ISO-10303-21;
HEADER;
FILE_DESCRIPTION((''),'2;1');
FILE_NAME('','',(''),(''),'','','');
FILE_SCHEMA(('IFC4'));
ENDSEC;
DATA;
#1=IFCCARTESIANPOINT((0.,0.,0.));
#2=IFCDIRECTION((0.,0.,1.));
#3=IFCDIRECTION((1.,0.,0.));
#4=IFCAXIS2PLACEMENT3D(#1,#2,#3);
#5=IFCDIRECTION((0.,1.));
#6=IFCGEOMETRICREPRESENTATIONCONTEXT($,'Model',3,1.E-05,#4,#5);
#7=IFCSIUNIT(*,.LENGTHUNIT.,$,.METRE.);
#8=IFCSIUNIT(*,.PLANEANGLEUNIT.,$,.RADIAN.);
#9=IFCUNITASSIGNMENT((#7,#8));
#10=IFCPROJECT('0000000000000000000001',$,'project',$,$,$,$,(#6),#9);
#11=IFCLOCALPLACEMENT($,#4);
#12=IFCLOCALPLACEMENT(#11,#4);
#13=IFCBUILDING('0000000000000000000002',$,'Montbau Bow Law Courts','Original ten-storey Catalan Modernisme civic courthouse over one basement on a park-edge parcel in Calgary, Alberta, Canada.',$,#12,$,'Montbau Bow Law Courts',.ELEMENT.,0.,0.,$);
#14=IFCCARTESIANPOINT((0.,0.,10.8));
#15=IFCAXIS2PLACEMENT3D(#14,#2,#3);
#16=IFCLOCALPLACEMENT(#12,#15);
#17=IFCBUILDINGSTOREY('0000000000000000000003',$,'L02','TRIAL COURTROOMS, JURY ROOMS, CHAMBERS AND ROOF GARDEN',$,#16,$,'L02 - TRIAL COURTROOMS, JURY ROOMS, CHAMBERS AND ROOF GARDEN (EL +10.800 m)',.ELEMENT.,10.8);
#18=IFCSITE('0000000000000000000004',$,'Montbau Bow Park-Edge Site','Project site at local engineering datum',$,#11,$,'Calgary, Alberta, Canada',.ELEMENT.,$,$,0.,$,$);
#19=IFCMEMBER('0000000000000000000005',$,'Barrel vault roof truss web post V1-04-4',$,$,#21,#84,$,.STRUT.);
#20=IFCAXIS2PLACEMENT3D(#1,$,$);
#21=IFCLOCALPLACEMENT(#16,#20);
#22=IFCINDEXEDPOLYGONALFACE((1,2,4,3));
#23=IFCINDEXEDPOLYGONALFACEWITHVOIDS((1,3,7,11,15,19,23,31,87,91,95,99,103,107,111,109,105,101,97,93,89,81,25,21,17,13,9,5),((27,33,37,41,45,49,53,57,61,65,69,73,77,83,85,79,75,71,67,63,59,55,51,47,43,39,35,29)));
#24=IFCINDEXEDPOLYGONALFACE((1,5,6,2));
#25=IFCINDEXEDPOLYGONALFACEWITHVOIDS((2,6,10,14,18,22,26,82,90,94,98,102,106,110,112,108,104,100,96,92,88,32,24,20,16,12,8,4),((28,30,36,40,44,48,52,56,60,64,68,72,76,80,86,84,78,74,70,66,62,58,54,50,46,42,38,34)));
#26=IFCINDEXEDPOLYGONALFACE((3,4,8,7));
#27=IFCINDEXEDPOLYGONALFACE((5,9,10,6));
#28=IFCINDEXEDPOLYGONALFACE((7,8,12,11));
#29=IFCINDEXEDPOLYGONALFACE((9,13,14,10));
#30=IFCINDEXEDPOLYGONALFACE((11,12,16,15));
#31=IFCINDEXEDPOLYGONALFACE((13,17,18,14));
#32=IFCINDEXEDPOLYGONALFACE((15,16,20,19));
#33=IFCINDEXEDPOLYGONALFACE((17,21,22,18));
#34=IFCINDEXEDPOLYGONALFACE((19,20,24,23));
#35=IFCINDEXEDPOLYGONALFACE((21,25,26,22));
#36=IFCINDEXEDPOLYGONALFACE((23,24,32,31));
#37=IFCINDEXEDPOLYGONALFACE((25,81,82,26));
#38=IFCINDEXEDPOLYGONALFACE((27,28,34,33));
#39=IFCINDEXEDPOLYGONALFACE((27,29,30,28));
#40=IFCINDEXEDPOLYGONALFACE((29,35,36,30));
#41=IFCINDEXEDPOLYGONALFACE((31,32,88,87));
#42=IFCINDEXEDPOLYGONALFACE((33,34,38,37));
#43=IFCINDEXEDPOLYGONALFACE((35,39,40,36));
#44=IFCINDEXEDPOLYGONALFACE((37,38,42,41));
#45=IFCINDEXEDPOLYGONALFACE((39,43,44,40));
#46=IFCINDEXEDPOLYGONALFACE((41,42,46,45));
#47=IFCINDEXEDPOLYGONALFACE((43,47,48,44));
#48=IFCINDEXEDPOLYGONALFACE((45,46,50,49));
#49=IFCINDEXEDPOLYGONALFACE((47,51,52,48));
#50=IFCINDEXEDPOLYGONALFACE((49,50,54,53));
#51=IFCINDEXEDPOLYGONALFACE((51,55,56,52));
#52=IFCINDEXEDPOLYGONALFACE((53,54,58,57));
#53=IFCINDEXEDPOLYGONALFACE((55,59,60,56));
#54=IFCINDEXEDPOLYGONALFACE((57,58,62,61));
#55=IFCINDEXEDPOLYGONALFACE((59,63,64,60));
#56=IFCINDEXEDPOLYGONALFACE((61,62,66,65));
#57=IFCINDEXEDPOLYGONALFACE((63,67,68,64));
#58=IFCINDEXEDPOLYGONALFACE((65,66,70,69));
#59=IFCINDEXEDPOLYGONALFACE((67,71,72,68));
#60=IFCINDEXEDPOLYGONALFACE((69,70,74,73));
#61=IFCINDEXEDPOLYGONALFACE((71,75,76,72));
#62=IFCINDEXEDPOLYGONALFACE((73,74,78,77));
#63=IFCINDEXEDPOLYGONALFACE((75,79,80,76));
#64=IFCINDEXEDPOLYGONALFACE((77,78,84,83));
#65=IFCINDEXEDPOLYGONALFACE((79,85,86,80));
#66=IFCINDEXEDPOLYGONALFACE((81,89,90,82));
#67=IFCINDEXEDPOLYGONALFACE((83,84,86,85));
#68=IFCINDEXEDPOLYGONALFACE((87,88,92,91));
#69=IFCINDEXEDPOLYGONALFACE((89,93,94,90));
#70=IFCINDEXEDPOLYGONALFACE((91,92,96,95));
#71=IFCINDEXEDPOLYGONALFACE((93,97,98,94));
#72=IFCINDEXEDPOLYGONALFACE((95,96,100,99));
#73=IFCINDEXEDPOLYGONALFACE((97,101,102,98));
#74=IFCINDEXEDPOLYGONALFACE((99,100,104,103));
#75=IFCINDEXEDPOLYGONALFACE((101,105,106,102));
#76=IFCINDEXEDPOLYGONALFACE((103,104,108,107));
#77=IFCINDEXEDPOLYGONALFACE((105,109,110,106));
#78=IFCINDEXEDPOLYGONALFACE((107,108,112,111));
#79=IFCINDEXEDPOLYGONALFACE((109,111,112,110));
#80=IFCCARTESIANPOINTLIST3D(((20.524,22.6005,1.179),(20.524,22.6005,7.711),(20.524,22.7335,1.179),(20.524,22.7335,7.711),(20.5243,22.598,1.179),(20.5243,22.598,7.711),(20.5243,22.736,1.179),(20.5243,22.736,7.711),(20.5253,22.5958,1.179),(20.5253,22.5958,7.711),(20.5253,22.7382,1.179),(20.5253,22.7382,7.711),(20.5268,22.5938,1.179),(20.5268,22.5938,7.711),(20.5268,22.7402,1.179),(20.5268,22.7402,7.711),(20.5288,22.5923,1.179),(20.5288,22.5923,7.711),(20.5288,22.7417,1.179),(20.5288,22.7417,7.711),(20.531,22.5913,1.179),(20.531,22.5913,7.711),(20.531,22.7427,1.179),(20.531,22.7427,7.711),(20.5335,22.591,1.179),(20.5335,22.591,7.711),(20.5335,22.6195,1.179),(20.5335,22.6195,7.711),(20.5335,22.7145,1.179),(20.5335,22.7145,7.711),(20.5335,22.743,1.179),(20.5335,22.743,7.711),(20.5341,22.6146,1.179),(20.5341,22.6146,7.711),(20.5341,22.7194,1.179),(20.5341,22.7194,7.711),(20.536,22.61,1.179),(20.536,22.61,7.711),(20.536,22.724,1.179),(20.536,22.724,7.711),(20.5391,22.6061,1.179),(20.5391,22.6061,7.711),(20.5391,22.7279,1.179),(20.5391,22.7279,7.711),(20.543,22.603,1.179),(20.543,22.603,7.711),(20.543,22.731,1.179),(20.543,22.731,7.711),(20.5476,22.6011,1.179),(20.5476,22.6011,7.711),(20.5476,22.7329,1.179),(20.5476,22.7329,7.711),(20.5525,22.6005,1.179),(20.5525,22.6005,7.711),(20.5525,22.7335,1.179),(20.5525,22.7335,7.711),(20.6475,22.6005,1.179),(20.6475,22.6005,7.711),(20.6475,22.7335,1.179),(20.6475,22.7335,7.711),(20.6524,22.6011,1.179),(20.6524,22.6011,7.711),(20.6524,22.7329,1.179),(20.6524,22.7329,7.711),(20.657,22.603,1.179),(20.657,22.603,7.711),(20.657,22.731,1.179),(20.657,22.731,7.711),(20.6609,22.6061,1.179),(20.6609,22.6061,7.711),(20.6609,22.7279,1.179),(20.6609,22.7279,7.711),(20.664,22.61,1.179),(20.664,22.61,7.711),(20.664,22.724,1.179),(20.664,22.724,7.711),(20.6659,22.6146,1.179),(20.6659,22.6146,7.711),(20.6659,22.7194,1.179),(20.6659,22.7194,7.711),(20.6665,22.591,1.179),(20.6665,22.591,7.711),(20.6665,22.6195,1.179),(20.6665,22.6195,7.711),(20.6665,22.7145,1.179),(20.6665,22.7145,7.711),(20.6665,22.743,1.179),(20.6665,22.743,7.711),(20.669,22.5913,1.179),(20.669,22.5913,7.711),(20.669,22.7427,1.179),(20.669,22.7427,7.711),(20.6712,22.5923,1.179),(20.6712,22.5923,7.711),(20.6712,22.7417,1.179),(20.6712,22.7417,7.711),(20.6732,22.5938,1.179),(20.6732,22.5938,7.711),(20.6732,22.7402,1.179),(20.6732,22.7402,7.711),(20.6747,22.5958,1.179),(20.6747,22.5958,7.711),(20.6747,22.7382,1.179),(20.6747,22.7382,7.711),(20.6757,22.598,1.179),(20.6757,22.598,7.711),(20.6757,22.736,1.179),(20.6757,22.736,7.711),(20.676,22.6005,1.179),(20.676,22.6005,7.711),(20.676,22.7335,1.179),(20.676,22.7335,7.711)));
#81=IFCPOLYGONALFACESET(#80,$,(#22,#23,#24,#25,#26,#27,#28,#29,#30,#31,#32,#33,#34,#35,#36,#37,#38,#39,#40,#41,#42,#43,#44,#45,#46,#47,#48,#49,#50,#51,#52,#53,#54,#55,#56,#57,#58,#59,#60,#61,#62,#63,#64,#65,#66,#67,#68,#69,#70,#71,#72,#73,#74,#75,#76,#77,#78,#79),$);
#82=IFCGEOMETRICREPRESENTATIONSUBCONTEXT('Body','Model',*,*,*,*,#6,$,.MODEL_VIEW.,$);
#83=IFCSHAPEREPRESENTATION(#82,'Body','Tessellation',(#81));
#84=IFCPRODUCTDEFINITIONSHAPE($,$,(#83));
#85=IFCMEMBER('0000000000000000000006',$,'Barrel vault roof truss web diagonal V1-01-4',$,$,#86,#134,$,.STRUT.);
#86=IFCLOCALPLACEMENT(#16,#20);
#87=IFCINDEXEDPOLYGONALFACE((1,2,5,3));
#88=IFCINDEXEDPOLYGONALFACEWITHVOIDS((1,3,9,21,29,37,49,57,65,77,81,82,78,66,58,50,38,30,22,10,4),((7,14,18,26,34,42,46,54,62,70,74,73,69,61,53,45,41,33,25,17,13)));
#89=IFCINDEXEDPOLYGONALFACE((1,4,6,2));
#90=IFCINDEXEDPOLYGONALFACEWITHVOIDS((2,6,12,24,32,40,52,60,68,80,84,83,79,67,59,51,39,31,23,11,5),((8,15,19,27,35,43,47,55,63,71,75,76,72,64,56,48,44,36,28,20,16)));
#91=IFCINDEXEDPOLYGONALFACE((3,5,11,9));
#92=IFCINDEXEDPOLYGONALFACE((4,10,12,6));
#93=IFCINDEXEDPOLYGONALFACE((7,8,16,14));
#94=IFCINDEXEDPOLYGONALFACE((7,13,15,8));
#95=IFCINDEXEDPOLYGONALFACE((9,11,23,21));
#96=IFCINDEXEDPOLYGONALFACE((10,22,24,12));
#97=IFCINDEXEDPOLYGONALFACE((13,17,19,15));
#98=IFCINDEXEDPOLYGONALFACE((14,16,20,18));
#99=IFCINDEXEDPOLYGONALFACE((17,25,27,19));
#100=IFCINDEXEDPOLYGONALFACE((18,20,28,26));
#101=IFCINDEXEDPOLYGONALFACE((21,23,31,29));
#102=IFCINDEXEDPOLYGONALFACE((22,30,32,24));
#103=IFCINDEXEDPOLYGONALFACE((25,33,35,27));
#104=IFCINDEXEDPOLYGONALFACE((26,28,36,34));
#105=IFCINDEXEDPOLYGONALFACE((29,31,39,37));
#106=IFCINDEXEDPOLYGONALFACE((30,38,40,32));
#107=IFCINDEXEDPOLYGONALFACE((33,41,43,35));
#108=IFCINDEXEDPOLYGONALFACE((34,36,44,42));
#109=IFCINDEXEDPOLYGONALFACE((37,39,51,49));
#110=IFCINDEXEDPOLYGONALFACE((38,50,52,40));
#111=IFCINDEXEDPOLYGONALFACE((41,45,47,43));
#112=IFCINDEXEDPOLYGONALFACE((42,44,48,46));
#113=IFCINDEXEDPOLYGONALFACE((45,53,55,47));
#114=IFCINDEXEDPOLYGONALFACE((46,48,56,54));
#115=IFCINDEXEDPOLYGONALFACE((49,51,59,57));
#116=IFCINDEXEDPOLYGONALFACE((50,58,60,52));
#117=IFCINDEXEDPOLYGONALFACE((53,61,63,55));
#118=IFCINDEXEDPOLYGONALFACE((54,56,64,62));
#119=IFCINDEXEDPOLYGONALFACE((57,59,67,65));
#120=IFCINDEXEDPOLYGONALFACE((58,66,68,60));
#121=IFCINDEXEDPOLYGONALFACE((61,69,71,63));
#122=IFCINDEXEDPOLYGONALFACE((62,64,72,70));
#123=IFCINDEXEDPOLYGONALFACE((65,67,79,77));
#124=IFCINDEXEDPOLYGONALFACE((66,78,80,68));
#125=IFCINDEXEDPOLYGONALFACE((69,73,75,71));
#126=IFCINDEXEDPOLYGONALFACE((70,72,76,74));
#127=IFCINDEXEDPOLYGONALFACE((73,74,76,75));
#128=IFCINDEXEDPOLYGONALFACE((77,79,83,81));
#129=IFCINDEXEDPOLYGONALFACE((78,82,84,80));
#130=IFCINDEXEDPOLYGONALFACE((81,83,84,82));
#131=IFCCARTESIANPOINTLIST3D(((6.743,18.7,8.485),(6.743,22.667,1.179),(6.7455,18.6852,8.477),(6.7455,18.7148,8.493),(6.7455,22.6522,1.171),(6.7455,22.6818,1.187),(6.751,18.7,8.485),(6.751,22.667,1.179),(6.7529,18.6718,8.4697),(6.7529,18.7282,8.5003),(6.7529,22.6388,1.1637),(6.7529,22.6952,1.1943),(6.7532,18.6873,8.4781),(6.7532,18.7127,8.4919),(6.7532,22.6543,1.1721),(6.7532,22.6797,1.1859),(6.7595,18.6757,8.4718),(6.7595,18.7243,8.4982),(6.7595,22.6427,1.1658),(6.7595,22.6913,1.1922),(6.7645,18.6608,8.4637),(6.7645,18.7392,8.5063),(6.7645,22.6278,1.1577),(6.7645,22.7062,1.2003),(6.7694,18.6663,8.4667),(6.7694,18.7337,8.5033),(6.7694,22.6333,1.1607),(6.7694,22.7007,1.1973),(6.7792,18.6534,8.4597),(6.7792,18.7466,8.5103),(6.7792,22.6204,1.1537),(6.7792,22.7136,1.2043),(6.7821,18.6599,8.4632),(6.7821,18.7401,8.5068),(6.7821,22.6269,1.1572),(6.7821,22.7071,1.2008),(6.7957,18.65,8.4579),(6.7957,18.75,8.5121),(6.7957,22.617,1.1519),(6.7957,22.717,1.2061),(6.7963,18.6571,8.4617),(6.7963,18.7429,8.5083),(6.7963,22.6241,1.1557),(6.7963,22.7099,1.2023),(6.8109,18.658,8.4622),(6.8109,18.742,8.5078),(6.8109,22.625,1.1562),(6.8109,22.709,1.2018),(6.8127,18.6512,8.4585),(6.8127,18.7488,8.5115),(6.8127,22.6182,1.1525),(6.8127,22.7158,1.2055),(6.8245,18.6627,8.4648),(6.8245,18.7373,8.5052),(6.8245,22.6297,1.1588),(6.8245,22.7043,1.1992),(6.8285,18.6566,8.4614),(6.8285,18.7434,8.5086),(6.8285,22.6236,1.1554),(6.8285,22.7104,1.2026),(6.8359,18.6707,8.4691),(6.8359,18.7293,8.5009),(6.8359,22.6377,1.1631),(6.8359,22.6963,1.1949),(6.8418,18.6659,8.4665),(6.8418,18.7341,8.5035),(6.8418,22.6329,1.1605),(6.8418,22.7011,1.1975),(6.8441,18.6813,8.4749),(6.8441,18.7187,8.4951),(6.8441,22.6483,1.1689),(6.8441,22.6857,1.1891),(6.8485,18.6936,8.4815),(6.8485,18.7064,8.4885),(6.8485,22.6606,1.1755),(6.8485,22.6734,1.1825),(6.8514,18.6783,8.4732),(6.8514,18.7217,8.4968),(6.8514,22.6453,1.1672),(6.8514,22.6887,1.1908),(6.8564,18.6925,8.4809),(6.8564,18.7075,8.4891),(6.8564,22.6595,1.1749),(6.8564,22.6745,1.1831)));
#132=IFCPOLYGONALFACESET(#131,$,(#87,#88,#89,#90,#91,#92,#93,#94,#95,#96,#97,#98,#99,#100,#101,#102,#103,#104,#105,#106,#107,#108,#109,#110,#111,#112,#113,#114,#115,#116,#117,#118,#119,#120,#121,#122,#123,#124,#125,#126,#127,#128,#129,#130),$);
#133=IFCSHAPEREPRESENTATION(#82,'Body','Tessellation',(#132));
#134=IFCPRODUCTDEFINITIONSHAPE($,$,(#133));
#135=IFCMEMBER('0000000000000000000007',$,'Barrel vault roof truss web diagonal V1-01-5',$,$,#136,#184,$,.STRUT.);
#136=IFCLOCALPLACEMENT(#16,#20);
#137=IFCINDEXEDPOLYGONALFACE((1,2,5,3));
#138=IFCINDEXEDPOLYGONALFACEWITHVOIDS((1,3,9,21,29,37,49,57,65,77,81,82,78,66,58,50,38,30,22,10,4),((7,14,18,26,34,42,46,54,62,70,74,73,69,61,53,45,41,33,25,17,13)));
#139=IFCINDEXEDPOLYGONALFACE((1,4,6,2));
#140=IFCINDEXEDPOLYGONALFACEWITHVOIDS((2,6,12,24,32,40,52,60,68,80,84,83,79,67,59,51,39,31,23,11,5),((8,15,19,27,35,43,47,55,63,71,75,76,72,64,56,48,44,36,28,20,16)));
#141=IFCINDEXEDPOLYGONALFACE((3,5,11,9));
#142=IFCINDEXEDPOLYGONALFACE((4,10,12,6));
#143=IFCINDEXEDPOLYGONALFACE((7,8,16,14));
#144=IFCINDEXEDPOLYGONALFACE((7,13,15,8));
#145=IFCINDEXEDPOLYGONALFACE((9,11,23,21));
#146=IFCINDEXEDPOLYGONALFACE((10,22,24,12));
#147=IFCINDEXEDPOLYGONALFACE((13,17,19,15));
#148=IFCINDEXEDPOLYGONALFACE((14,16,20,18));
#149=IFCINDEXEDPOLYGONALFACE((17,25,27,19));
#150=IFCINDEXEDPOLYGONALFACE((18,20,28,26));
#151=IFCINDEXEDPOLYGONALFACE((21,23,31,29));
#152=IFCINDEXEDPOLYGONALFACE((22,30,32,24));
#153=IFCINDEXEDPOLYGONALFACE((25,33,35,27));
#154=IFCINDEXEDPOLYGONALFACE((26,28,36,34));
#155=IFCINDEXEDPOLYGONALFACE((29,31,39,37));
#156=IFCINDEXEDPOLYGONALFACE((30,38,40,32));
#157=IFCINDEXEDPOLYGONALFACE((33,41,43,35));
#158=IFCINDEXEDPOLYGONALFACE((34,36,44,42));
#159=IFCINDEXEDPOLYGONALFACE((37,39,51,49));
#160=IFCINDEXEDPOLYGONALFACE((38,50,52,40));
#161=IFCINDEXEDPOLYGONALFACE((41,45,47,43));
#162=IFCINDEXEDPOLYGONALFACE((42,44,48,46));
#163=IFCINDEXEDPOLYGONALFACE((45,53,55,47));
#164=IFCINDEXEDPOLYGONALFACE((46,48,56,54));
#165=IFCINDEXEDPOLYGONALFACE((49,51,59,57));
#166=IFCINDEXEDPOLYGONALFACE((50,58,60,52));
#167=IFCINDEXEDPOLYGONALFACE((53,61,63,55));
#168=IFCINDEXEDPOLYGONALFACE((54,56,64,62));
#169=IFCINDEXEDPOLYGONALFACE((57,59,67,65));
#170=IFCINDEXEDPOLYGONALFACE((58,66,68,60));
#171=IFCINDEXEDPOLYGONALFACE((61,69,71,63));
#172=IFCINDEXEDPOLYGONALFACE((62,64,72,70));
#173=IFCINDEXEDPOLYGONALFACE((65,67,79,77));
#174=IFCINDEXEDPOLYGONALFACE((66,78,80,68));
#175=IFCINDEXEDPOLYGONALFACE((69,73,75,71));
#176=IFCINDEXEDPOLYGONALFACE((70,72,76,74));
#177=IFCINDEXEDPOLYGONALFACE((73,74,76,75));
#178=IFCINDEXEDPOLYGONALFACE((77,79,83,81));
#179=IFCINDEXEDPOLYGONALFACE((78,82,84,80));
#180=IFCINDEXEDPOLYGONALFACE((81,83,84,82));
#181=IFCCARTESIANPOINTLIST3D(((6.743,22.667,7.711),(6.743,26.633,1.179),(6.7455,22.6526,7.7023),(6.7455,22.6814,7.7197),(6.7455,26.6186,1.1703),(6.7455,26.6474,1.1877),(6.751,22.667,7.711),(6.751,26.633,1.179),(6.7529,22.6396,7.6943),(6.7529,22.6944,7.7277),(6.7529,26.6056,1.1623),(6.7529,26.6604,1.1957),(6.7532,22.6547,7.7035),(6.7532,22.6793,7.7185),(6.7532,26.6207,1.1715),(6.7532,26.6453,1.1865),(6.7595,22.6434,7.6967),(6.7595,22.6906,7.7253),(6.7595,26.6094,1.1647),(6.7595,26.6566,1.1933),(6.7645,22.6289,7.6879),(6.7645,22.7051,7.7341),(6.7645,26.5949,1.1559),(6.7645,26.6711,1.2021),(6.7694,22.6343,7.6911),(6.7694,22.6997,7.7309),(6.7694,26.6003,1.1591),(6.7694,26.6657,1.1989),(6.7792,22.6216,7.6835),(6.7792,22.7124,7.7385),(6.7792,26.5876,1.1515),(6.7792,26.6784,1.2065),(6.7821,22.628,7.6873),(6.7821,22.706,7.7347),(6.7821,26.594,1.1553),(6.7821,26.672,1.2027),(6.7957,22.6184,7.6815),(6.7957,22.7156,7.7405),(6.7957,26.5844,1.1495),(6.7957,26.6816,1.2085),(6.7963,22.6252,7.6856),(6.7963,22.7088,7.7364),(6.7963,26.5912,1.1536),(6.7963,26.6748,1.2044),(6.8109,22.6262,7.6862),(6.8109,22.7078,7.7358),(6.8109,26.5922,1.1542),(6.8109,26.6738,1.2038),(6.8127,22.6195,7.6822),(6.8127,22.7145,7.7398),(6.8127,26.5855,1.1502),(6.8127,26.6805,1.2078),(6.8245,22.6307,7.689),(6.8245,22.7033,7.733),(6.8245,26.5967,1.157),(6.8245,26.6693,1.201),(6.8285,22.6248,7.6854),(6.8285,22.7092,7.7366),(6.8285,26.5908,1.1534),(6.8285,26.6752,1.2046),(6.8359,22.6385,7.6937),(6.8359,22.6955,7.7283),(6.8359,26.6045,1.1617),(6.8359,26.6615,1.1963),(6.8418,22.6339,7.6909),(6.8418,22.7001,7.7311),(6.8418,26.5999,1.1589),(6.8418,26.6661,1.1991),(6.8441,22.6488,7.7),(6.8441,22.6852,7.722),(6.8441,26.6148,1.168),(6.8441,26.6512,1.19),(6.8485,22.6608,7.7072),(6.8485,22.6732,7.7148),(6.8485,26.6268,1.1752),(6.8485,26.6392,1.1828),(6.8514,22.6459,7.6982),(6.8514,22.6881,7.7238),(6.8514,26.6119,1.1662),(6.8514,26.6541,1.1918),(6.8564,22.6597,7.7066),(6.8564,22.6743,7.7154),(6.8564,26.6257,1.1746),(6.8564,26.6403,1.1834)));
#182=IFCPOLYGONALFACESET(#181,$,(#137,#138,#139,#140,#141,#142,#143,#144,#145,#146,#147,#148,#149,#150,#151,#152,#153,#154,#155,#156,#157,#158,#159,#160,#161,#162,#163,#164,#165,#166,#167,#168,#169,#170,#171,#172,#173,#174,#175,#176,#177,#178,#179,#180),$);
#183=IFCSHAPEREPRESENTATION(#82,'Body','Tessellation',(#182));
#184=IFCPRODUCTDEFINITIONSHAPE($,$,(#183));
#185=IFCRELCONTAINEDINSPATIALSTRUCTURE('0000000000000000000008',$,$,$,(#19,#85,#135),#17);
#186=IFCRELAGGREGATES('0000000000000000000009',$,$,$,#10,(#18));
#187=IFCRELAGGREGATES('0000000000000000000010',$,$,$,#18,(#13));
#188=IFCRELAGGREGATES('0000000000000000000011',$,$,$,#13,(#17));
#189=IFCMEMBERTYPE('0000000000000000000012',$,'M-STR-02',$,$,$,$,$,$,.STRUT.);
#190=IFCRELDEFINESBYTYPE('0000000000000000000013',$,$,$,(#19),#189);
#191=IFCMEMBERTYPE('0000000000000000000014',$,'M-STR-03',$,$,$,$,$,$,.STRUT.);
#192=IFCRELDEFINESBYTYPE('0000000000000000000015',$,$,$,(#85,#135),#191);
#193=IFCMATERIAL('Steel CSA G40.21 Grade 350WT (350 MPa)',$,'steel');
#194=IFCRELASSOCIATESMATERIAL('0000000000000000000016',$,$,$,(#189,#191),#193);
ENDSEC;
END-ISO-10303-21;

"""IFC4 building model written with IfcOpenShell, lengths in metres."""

from ifc_helpers import new_model, si_unit, direction, frame, origin_with_axes, origin_2d_with_axis, place, context, subcontext, project, spatial, hollow_rectangle, hollow_circle, extrude, material, material_profile, profile_set, type_object, element, save


model = new_model("IFC4")

# Units and contexts
model_context = context("Model", 3, precision=1e-05, world=origin_with_axes(), true_north=direction((0.0, 1.0)))
body_context = subcontext(model_context, "Body", "Model", "MODEL_VIEW")
ifc_project = project(units=[si_unit("LENGTHUNIT", "METRE"), si_unit("PLANEANGLEUNIT", "RADIAN")], contexts=[model_context])

# Site, building, storey
site_placement = place(None, origin_with_axes())
site = spatial("IfcSite", under=ifc_project, at=site_placement, Name="Montbau Bow Park-Edge Site", Description="Project site at local engineering datum", LongName="Calgary, Alberta, Canada", CompositionType="ELEMENT", RefElevation=0.0)
building_placement = place(site_placement, origin_with_axes())
building = spatial("IfcBuilding", under=site, at=building_placement, Name="Montbau Bow Law Courts", Description="Original ten-storey Catalan Modernisme civic courthouse over one basement on a park-edge parcel in Calgary, Alberta, Canada.", LongName="Montbau Bow Law Courts", CompositionType="ELEMENT", ElevationOfRefHeight=0.0, ElevationOfTerrain=0.0)
storey_placement = place(building_placement, frame((0.0, 0.0, 10.8), z_axis=(0.0, 0.0, 1.0), x_axis=(1.0, 0.0, 0.0)))
storey = spatial("IfcBuildingStorey", under=building, at=storey_placement, Name="L02", Description="TRIAL COURTROOMS, JURY ROOMS, CHAMBERS AND ROOF GARDEN", LongName="L02 - TRIAL COURTROOMS, JURY ROOMS, CHAMBERS AND ROOF GARDEN (EL +10.800 m)", CompositionType="ELEMENT", Elevation=10.8)

# Shared definitions
ifc_material = material(Name="Steel CSA G40.21 Grade 350WT (350 MPa)", Category="steel")

# Members
ifc_material_profile_1 = material_profile(ifc_material, hollow_rectangle(XDim=0.152, YDim=0.152, WallThickness=0.0095, InnerFilletRadius=0.019, OuterFilletRadius=0.0095, at=origin_2d_with_axis()), Name="HSS152X152X9.5", Category="Main", Priority=0)
ifc_profile_set_1 = profile_set([ifc_material_profile_1], Name="Steel CSA G40.21 Grade 350WT (350 MPa)")
member_type_1 = type_object("IfcMemberType", Name="M-STR-02", PredefinedType="STRUT", material=ifc_profile_set_1)
member_1_placement = place(None, frame((20.6, 22.667, 11.979), z_axis=(0.0, 0.0, 1.0), x_axis=(1.0, 0.0, 0.0)))
element("IfcMember", 1, at=member_1_placement, inside=storey, type_object=member_type_1, Name="Barrel vault roof truss web post V1-04-4", PredefinedType="STRUT", context=body_context, shape_type="SweptSolid", body=[
    extrude(hollow_rectangle(XDim=0.152, YDim=0.152, WallThickness=0.0095, InnerFilletRadius=0.019, OuterFilletRadius=0.0095, at=origin_2d_with_axis()), origin_with_axes(), (0.0, 0.0, 1.0), 6.532),
])
ifc_material_profile_2 = material_profile(ifc_material, hollow_circle(Radius=0.057, WallThickness=0.008, at=origin_2d_with_axis()), Name="HSS114X8.0", Category="Main", Priority=0)
ifc_profile_set_2 = profile_set([ifc_material_profile_2], Name="Steel CSA G40.21 Grade 350WT (350 MPa)")
member_type_2 = type_object("IfcMemberType", Name="M-STR-03", PredefinedType="STRUT", material=ifc_profile_set_2)
member_2_placement = place(None, frame((6.8, 18.7, 19.285), z_axis=(0.0, 0.477174, -0.878809), x_axis=(-1.0, 0.0, 0.0)))
element("IfcMember", 2, at=member_2_placement, inside=storey, type_object=member_type_2, Name="Barrel vault roof truss web diagonal V1-01-4", PredefinedType="STRUT", context=body_context, shape_type="SweptSolid", body=[
    extrude(hollow_circle(Radius=0.057, WallThickness=0.008, at=origin_2d_with_axis()), origin_with_axes(), (0.0, 0.0, 1.0), 8.3135),
])
member_3_placement = place(None, frame((6.8, 22.667, 18.511), z_axis=(0.0, 0.518992, -0.854779), x_axis=(-1.0, 0.0, 0.0)))
element("IfcMember", 3, at=member_3_placement, inside=storey, type_object=member_type_2, Name="Barrel vault roof truss web diagonal V1-01-5", PredefinedType="STRUT", context=body_context, shape_type="SweptSolid", body=[
    extrude(hollow_circle(Radius=0.057, WallThickness=0.008, at=origin_2d_with_axis()), origin_with_axes(), (0.0, 0.0, 1.0), 7.6417),
])

save(model, "model.ifc")
